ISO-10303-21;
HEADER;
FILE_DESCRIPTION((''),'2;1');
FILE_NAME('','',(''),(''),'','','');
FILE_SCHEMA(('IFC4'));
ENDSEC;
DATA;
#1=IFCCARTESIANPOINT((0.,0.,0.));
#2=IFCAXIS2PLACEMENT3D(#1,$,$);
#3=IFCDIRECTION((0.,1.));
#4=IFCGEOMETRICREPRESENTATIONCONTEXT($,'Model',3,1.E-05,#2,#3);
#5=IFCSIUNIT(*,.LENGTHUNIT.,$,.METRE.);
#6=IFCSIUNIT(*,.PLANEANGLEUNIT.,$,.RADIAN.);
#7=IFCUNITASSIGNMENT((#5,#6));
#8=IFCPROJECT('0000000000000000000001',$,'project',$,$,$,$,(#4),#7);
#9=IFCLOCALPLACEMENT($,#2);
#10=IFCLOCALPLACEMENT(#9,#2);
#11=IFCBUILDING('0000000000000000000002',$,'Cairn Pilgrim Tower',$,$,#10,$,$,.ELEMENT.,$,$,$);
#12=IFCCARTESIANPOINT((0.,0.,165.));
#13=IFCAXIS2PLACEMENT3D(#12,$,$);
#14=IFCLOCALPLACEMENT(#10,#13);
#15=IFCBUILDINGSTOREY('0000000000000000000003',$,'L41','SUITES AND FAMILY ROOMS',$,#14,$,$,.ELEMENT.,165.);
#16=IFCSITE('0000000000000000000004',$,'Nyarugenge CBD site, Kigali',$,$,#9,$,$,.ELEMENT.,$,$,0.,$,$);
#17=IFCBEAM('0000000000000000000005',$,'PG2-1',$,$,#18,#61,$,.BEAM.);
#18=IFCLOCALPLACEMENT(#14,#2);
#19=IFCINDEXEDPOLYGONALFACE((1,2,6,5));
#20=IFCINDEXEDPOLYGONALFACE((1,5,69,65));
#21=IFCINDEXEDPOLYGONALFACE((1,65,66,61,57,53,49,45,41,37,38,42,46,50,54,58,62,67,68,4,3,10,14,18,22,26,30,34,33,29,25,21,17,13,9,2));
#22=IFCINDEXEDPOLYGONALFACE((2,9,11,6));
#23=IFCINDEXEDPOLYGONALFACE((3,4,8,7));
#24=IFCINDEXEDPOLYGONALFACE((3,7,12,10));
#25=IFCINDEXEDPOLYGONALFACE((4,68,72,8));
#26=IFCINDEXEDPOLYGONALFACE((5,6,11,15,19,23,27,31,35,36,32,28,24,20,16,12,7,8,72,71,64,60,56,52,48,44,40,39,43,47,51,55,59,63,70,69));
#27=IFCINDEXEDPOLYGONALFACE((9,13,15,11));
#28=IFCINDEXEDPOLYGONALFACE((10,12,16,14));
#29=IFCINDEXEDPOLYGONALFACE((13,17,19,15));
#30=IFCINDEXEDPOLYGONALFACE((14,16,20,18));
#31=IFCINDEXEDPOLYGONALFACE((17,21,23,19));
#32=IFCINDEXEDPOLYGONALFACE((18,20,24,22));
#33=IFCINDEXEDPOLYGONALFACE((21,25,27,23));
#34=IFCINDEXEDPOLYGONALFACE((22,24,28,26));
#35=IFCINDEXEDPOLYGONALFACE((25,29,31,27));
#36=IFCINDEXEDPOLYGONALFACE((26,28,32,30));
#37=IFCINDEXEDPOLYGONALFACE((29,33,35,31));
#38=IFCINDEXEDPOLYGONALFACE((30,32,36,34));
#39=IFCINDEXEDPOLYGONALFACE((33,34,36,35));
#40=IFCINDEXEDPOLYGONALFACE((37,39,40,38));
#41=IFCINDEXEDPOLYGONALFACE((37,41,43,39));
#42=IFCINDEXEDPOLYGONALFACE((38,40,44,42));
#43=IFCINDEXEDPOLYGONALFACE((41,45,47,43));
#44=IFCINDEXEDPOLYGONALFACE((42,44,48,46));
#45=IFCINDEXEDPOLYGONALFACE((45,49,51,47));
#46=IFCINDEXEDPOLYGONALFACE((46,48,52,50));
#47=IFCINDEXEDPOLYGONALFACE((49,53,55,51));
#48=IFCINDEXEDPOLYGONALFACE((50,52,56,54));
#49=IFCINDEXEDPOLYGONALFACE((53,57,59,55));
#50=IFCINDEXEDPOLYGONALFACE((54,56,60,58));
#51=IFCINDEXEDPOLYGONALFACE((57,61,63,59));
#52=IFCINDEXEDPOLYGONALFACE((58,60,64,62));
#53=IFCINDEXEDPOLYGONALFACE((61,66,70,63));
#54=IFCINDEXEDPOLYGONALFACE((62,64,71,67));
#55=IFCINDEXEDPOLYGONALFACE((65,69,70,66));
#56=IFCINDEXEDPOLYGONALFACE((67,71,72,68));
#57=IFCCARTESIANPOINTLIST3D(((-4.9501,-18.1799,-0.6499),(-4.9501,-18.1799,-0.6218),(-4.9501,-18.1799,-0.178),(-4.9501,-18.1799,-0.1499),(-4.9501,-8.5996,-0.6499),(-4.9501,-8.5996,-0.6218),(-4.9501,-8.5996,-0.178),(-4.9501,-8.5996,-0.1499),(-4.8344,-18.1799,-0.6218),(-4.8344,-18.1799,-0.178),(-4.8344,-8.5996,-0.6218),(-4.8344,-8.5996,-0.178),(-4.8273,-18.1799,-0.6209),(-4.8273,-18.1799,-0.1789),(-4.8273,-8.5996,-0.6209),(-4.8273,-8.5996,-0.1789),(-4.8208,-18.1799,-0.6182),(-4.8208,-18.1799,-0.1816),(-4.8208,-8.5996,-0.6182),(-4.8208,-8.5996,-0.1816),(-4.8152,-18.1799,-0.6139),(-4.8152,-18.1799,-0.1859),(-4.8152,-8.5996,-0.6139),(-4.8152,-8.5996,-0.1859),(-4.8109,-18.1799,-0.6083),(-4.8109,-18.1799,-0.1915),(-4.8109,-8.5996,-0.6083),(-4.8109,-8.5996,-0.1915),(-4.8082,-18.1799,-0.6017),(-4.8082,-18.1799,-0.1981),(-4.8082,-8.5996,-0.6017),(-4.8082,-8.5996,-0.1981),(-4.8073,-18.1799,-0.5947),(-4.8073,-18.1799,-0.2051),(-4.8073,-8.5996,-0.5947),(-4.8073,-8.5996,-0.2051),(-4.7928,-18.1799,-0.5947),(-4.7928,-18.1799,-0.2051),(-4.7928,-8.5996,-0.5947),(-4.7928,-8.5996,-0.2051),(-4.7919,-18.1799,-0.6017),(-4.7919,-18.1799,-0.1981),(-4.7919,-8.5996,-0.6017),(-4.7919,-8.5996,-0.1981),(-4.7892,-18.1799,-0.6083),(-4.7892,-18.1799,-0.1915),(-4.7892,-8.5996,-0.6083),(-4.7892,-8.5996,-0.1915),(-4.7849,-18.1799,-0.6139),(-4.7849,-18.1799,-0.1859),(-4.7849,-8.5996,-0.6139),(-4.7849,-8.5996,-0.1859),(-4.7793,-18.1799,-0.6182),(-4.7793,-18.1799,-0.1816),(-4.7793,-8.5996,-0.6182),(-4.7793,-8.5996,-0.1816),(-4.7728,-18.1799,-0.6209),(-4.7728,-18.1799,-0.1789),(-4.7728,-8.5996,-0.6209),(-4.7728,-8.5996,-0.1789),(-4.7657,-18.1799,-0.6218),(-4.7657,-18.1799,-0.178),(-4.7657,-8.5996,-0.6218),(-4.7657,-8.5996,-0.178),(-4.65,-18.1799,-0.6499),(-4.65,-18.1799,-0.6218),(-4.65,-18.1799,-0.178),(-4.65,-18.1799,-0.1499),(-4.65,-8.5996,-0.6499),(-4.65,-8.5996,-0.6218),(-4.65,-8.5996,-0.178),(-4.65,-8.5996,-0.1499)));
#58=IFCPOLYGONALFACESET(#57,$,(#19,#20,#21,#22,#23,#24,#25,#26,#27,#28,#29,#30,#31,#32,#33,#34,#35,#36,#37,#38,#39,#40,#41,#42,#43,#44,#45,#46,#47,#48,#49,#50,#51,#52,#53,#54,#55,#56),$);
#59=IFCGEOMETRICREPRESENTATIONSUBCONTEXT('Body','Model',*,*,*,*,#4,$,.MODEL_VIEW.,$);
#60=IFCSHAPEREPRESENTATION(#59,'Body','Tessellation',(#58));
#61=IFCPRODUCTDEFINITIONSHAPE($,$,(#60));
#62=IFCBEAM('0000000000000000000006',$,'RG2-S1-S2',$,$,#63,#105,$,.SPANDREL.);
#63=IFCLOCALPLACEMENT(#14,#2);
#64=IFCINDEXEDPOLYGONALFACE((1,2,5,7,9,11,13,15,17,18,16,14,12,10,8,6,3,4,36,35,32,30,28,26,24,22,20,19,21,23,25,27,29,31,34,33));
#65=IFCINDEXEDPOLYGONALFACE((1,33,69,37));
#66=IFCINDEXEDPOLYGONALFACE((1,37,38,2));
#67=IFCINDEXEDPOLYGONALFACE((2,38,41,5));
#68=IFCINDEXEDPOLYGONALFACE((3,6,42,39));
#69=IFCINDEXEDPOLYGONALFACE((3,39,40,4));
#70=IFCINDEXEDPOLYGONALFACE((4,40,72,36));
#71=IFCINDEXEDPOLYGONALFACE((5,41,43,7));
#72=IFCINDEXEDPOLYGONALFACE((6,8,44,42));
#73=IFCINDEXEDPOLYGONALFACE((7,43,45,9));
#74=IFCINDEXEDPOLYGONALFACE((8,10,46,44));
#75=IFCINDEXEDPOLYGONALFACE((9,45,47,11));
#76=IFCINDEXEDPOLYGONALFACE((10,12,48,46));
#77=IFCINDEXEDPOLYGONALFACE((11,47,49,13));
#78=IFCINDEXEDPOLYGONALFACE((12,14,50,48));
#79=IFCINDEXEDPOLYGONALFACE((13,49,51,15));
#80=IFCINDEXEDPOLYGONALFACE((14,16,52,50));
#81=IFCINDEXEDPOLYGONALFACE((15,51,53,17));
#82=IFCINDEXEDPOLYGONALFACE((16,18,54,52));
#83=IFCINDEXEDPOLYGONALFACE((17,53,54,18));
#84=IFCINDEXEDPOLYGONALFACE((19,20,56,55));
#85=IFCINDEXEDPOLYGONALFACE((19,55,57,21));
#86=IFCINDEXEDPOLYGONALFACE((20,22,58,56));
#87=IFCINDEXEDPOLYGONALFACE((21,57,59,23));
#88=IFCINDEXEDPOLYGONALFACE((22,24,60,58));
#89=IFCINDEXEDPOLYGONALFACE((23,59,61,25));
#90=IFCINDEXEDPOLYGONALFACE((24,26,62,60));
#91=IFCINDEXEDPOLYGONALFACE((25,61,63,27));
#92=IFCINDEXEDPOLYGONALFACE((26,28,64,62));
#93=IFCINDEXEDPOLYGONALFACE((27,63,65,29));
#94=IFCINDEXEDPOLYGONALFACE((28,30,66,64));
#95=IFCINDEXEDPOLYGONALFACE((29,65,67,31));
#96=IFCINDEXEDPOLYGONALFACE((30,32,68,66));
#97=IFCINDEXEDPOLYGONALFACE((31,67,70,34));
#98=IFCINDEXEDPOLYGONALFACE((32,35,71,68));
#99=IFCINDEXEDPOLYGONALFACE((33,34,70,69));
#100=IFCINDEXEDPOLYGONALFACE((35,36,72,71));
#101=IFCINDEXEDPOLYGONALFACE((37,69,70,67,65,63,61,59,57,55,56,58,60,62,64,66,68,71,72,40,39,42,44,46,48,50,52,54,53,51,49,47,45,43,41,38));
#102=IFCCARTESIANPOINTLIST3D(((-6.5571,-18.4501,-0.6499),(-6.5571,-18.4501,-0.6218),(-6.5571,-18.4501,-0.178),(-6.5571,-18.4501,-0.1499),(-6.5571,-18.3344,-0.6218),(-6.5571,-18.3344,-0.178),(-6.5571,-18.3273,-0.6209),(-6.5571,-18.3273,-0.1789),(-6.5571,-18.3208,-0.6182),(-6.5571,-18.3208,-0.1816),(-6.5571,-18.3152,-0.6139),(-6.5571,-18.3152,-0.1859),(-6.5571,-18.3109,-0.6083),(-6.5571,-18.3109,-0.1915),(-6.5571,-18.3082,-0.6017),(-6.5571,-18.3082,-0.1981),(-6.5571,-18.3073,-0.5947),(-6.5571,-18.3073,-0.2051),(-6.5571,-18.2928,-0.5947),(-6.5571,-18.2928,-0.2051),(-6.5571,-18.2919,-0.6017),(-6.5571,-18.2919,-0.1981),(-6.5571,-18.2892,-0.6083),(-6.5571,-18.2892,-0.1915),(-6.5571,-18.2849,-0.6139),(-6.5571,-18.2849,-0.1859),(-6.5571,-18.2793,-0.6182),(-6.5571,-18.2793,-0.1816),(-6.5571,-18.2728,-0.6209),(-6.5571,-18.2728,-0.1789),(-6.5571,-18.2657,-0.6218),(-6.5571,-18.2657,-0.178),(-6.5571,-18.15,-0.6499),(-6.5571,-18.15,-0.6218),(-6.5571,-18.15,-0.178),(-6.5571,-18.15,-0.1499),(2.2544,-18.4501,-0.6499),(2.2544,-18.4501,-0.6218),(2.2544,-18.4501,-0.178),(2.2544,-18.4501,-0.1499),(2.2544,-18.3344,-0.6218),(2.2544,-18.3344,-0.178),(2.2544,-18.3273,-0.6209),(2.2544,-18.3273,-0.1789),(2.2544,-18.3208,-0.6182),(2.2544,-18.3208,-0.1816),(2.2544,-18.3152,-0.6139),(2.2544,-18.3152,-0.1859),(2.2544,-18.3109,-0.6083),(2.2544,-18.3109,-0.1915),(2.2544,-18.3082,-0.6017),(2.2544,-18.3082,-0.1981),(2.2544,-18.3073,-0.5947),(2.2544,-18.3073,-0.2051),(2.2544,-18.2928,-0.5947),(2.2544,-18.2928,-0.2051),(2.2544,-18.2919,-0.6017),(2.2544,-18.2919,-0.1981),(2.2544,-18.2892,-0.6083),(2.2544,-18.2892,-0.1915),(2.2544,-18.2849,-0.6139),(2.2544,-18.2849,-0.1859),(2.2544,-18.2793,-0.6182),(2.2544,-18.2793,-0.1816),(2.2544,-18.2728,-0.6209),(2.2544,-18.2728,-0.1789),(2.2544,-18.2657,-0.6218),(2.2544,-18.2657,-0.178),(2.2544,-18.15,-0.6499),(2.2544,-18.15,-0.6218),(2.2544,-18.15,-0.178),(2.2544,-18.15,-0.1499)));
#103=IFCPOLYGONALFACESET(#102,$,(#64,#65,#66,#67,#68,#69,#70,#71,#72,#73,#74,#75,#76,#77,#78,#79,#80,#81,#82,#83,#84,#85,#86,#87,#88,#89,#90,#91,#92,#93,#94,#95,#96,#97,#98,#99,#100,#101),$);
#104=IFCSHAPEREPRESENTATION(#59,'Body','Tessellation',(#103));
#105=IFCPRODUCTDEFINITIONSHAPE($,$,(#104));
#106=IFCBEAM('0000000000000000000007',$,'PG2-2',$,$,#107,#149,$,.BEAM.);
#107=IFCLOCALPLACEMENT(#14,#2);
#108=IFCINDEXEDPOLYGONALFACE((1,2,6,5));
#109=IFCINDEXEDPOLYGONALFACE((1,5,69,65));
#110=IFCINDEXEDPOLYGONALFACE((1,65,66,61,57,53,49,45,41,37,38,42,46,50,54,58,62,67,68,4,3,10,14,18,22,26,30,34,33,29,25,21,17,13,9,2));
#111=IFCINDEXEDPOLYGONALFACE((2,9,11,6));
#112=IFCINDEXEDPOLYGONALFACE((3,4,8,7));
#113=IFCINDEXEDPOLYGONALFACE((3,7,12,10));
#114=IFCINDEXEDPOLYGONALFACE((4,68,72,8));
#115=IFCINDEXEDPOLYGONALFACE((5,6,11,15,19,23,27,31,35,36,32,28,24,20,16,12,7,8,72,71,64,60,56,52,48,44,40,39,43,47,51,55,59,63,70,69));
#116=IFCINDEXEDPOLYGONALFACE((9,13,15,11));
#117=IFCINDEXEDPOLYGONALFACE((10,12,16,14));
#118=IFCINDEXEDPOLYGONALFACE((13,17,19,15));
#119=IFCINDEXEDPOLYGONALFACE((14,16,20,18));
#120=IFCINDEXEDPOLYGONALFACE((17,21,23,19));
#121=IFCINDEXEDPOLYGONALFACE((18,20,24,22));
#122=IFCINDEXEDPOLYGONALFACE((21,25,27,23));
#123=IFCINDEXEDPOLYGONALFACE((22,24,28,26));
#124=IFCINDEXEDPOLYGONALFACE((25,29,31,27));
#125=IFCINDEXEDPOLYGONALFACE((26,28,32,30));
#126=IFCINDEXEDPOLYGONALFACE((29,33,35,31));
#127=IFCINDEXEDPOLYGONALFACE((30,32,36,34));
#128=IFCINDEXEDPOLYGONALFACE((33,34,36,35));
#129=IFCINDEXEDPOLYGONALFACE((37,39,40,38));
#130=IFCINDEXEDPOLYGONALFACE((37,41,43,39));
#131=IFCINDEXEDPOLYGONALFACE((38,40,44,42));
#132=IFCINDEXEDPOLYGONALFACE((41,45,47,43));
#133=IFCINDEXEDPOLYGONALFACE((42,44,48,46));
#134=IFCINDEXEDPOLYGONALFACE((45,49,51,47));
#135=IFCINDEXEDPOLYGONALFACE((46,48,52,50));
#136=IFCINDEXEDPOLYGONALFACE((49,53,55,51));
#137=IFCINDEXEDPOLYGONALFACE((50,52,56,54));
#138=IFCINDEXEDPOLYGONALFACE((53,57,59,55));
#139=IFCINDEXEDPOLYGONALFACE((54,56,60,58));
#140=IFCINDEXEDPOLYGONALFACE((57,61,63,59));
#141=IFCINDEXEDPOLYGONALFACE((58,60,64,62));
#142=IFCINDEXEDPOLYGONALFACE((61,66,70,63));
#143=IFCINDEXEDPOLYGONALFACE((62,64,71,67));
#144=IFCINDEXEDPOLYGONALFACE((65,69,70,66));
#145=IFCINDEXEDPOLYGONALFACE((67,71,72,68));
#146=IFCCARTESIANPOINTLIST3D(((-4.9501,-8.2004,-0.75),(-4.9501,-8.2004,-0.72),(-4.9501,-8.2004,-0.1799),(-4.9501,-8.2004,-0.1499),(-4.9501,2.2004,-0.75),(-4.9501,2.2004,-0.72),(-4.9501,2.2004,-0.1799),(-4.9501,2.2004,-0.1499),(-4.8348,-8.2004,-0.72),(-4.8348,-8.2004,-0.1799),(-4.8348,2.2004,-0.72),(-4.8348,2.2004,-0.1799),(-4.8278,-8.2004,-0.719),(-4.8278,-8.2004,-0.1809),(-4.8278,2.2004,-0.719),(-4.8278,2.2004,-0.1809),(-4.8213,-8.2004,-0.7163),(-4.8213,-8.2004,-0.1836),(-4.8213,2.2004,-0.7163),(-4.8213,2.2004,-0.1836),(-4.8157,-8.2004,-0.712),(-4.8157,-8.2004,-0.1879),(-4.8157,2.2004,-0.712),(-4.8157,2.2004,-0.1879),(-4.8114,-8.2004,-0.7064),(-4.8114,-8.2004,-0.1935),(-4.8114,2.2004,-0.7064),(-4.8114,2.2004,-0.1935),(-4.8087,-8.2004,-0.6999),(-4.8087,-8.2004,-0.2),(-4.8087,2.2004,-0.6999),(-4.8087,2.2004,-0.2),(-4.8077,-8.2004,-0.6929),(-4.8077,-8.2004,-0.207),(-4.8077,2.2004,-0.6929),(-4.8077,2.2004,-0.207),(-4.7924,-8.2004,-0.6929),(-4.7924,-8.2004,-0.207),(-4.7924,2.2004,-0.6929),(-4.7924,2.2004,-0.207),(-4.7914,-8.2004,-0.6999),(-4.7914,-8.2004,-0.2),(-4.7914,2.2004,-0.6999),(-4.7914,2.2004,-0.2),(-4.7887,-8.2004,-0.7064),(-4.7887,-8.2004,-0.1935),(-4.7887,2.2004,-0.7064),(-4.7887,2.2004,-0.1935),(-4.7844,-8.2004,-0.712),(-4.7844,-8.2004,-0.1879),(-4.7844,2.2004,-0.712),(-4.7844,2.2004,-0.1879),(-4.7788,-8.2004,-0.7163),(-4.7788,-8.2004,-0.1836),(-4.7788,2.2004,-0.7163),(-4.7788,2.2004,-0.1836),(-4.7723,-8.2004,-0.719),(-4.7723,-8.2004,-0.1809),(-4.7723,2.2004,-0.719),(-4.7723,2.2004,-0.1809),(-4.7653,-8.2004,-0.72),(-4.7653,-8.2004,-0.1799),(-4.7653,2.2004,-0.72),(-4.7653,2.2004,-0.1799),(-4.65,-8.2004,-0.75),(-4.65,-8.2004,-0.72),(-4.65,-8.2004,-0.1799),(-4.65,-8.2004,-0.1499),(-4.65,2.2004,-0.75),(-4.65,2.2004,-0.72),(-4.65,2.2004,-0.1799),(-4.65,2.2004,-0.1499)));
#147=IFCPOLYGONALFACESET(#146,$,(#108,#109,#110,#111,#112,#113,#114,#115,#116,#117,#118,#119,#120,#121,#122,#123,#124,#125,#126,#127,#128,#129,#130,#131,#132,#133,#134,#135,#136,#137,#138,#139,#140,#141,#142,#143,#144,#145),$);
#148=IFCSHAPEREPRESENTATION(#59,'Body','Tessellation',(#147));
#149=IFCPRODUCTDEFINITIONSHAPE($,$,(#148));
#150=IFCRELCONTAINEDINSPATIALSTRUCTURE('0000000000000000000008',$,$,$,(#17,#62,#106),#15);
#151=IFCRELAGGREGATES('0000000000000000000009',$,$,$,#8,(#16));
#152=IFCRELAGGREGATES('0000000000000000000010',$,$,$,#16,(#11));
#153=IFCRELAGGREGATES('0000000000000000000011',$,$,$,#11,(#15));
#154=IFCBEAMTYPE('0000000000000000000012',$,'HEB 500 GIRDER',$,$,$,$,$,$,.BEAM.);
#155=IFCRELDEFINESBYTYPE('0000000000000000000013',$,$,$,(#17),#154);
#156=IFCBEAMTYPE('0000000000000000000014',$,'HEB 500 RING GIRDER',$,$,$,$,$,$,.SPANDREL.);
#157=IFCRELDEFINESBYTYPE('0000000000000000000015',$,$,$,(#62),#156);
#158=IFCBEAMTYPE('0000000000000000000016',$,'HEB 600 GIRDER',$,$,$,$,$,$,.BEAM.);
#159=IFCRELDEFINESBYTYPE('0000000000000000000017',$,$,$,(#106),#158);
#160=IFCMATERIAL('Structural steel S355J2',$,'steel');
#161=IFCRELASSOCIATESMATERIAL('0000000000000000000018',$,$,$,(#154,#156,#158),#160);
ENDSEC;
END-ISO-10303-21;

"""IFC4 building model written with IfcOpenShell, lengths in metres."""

from ifc_helpers import new_model, si_unit, direction, frame, origin, origin_2d, place, context, subcontext, project, spatial, i_section, extrude, material, material_profile, profile_set, type_object, element, save


model = new_model("IFC4")

# Units and contexts
model_context = context("Model", 3, precision=1e-05, world=origin(), true_north=direction((0.0, 1.0)))
body_context = subcontext(model_context, "Body", "Model", "MODEL_VIEW")
ifc_project = project(units=[si_unit("LENGTHUNIT", "METRE"), si_unit("PLANEANGLEUNIT", "RADIAN")], contexts=[model_context])

# Site, building, storey
site_placement = place(None, origin())
site = spatial("IfcSite", under=ifc_project, at=site_placement, Name="Nyarugenge CBD site, Kigali", CompositionType="ELEMENT", RefElevation=0.0)
building_placement = place(site_placement, origin())
building = spatial("IfcBuilding", under=site, at=building_placement, Name="Cairn Pilgrim Tower", CompositionType="ELEMENT")
storey_placement = place(building_placement, frame((0.0, 0.0, 165.0)))
storey = spatial("IfcBuildingStorey", under=building, at=storey_placement, Name="L41", Description="SUITES AND FAMILY ROOMS", CompositionType="ELEMENT", Elevation=165.0)

# Shared definitions
ifc_material_1 = material(Name="Structural steel S355J2", Category="steel")

# Beams
ifc_material_profile_1 = material_profile(ifc_material_1, i_section(OverallWidth=0.3, OverallDepth=0.5, WebThickness=0.0144, FlangeThickness=0.0281, FilletRadius=0.0271, at=origin_2d()), Name="HEB 500")
ifc_profile_set_1 = profile_set([ifc_material_profile_1], Name="Structural steel S355J2")
beam_type_1 = type_object("IfcBeamType", Name="HEB 500 GIRDER", PredefinedType="BEAM", material=ifc_profile_set_1)
beam_1_placement = place(storey_placement, frame((-4.8, -18.1799, -0.3999), z_axis=(0.0, 1.0, 0.0), x_axis=(-1.0, 0.0, 0.0)))
element("IfcBeam", 1, at=beam_1_placement, inside=storey, type_object=beam_type_1, Name="PG2-1", PredefinedType="BEAM", context=body_context, shape_type="SweptSolid", body=[
    extrude(i_section(OverallWidth=0.3, OverallDepth=0.5, WebThickness=0.0144, FlangeThickness=0.0281, FilletRadius=0.0271, at=origin_2d()), origin(), (0.0, 0.0, 1.0), 9.5803),
])
ifc_material_profile_2 = material_profile(ifc_material_1, i_section(OverallWidth=0.3, OverallDepth=0.5, WebThickness=0.0144, FlangeThickness=0.0281, FilletRadius=0.0271, at=origin_2d()), Name="HEB 500")
ifc_profile_set_2 = profile_set([ifc_material_profile_2], Name="Structural steel S355J2")
beam_type_2 = type_object("IfcBeamType", Name="HEB 500 RING GIRDER", PredefinedType="SPANDREL", material=ifc_profile_set_2)
beam_2_placement = place(storey_placement, frame((-6.5571, -18.3, -0.3999), z_axis=(1.0, 0.0, 0.0), x_axis=(0.0, 1.0, 0.0)))
element("IfcBeam", 2, at=beam_2_placement, inside=storey, type_object=beam_type_2, Name="RG2-S1-S2", PredefinedType="SPANDREL", context=body_context, shape_type="SweptSolid", body=[
    extrude(i_section(OverallWidth=0.3, OverallDepth=0.5, WebThickness=0.0144, FlangeThickness=0.0281, FilletRadius=0.0271, at=origin_2d()), origin(), (0.0, 0.0, 1.0), 8.8115),
])
ifc_material_profile_3 = material_profile(ifc_material_1, i_section(OverallWidth=0.3, OverallDepth=0.6001, WebThickness=0.0154, FlangeThickness=0.03, FilletRadius=0.0271, at=origin_2d()), Name="HEB 600")
ifc_profile_set_3 = profile_set([ifc_material_profile_3], Name="Structural steel S355J2")
beam_type_3 = type_object("IfcBeamType", Name="HEB 600 GIRDER", PredefinedType="BEAM", material=ifc_profile_set_3)
beam_3_placement = place(storey_placement, frame((-4.8, -8.2004, -0.45), z_axis=(0.0, 1.0, 0.0), x_axis=(-1.0, 0.0, 0.0)))
element("IfcBeam", 3, at=beam_3_placement, inside=storey, type_object=beam_type_3, Name="PG2-2", PredefinedType="BEAM", context=body_context, shape_type="SweptSolid", body=[
    extrude(i_section(OverallWidth=0.3, OverallDepth=0.6001, WebThickness=0.0154, FlangeThickness=0.03, FilletRadius=0.0271, at=origin_2d()), origin(), (0.0, 0.0, 1.0), 10.4009),
])

save(model, "model.ifc")
